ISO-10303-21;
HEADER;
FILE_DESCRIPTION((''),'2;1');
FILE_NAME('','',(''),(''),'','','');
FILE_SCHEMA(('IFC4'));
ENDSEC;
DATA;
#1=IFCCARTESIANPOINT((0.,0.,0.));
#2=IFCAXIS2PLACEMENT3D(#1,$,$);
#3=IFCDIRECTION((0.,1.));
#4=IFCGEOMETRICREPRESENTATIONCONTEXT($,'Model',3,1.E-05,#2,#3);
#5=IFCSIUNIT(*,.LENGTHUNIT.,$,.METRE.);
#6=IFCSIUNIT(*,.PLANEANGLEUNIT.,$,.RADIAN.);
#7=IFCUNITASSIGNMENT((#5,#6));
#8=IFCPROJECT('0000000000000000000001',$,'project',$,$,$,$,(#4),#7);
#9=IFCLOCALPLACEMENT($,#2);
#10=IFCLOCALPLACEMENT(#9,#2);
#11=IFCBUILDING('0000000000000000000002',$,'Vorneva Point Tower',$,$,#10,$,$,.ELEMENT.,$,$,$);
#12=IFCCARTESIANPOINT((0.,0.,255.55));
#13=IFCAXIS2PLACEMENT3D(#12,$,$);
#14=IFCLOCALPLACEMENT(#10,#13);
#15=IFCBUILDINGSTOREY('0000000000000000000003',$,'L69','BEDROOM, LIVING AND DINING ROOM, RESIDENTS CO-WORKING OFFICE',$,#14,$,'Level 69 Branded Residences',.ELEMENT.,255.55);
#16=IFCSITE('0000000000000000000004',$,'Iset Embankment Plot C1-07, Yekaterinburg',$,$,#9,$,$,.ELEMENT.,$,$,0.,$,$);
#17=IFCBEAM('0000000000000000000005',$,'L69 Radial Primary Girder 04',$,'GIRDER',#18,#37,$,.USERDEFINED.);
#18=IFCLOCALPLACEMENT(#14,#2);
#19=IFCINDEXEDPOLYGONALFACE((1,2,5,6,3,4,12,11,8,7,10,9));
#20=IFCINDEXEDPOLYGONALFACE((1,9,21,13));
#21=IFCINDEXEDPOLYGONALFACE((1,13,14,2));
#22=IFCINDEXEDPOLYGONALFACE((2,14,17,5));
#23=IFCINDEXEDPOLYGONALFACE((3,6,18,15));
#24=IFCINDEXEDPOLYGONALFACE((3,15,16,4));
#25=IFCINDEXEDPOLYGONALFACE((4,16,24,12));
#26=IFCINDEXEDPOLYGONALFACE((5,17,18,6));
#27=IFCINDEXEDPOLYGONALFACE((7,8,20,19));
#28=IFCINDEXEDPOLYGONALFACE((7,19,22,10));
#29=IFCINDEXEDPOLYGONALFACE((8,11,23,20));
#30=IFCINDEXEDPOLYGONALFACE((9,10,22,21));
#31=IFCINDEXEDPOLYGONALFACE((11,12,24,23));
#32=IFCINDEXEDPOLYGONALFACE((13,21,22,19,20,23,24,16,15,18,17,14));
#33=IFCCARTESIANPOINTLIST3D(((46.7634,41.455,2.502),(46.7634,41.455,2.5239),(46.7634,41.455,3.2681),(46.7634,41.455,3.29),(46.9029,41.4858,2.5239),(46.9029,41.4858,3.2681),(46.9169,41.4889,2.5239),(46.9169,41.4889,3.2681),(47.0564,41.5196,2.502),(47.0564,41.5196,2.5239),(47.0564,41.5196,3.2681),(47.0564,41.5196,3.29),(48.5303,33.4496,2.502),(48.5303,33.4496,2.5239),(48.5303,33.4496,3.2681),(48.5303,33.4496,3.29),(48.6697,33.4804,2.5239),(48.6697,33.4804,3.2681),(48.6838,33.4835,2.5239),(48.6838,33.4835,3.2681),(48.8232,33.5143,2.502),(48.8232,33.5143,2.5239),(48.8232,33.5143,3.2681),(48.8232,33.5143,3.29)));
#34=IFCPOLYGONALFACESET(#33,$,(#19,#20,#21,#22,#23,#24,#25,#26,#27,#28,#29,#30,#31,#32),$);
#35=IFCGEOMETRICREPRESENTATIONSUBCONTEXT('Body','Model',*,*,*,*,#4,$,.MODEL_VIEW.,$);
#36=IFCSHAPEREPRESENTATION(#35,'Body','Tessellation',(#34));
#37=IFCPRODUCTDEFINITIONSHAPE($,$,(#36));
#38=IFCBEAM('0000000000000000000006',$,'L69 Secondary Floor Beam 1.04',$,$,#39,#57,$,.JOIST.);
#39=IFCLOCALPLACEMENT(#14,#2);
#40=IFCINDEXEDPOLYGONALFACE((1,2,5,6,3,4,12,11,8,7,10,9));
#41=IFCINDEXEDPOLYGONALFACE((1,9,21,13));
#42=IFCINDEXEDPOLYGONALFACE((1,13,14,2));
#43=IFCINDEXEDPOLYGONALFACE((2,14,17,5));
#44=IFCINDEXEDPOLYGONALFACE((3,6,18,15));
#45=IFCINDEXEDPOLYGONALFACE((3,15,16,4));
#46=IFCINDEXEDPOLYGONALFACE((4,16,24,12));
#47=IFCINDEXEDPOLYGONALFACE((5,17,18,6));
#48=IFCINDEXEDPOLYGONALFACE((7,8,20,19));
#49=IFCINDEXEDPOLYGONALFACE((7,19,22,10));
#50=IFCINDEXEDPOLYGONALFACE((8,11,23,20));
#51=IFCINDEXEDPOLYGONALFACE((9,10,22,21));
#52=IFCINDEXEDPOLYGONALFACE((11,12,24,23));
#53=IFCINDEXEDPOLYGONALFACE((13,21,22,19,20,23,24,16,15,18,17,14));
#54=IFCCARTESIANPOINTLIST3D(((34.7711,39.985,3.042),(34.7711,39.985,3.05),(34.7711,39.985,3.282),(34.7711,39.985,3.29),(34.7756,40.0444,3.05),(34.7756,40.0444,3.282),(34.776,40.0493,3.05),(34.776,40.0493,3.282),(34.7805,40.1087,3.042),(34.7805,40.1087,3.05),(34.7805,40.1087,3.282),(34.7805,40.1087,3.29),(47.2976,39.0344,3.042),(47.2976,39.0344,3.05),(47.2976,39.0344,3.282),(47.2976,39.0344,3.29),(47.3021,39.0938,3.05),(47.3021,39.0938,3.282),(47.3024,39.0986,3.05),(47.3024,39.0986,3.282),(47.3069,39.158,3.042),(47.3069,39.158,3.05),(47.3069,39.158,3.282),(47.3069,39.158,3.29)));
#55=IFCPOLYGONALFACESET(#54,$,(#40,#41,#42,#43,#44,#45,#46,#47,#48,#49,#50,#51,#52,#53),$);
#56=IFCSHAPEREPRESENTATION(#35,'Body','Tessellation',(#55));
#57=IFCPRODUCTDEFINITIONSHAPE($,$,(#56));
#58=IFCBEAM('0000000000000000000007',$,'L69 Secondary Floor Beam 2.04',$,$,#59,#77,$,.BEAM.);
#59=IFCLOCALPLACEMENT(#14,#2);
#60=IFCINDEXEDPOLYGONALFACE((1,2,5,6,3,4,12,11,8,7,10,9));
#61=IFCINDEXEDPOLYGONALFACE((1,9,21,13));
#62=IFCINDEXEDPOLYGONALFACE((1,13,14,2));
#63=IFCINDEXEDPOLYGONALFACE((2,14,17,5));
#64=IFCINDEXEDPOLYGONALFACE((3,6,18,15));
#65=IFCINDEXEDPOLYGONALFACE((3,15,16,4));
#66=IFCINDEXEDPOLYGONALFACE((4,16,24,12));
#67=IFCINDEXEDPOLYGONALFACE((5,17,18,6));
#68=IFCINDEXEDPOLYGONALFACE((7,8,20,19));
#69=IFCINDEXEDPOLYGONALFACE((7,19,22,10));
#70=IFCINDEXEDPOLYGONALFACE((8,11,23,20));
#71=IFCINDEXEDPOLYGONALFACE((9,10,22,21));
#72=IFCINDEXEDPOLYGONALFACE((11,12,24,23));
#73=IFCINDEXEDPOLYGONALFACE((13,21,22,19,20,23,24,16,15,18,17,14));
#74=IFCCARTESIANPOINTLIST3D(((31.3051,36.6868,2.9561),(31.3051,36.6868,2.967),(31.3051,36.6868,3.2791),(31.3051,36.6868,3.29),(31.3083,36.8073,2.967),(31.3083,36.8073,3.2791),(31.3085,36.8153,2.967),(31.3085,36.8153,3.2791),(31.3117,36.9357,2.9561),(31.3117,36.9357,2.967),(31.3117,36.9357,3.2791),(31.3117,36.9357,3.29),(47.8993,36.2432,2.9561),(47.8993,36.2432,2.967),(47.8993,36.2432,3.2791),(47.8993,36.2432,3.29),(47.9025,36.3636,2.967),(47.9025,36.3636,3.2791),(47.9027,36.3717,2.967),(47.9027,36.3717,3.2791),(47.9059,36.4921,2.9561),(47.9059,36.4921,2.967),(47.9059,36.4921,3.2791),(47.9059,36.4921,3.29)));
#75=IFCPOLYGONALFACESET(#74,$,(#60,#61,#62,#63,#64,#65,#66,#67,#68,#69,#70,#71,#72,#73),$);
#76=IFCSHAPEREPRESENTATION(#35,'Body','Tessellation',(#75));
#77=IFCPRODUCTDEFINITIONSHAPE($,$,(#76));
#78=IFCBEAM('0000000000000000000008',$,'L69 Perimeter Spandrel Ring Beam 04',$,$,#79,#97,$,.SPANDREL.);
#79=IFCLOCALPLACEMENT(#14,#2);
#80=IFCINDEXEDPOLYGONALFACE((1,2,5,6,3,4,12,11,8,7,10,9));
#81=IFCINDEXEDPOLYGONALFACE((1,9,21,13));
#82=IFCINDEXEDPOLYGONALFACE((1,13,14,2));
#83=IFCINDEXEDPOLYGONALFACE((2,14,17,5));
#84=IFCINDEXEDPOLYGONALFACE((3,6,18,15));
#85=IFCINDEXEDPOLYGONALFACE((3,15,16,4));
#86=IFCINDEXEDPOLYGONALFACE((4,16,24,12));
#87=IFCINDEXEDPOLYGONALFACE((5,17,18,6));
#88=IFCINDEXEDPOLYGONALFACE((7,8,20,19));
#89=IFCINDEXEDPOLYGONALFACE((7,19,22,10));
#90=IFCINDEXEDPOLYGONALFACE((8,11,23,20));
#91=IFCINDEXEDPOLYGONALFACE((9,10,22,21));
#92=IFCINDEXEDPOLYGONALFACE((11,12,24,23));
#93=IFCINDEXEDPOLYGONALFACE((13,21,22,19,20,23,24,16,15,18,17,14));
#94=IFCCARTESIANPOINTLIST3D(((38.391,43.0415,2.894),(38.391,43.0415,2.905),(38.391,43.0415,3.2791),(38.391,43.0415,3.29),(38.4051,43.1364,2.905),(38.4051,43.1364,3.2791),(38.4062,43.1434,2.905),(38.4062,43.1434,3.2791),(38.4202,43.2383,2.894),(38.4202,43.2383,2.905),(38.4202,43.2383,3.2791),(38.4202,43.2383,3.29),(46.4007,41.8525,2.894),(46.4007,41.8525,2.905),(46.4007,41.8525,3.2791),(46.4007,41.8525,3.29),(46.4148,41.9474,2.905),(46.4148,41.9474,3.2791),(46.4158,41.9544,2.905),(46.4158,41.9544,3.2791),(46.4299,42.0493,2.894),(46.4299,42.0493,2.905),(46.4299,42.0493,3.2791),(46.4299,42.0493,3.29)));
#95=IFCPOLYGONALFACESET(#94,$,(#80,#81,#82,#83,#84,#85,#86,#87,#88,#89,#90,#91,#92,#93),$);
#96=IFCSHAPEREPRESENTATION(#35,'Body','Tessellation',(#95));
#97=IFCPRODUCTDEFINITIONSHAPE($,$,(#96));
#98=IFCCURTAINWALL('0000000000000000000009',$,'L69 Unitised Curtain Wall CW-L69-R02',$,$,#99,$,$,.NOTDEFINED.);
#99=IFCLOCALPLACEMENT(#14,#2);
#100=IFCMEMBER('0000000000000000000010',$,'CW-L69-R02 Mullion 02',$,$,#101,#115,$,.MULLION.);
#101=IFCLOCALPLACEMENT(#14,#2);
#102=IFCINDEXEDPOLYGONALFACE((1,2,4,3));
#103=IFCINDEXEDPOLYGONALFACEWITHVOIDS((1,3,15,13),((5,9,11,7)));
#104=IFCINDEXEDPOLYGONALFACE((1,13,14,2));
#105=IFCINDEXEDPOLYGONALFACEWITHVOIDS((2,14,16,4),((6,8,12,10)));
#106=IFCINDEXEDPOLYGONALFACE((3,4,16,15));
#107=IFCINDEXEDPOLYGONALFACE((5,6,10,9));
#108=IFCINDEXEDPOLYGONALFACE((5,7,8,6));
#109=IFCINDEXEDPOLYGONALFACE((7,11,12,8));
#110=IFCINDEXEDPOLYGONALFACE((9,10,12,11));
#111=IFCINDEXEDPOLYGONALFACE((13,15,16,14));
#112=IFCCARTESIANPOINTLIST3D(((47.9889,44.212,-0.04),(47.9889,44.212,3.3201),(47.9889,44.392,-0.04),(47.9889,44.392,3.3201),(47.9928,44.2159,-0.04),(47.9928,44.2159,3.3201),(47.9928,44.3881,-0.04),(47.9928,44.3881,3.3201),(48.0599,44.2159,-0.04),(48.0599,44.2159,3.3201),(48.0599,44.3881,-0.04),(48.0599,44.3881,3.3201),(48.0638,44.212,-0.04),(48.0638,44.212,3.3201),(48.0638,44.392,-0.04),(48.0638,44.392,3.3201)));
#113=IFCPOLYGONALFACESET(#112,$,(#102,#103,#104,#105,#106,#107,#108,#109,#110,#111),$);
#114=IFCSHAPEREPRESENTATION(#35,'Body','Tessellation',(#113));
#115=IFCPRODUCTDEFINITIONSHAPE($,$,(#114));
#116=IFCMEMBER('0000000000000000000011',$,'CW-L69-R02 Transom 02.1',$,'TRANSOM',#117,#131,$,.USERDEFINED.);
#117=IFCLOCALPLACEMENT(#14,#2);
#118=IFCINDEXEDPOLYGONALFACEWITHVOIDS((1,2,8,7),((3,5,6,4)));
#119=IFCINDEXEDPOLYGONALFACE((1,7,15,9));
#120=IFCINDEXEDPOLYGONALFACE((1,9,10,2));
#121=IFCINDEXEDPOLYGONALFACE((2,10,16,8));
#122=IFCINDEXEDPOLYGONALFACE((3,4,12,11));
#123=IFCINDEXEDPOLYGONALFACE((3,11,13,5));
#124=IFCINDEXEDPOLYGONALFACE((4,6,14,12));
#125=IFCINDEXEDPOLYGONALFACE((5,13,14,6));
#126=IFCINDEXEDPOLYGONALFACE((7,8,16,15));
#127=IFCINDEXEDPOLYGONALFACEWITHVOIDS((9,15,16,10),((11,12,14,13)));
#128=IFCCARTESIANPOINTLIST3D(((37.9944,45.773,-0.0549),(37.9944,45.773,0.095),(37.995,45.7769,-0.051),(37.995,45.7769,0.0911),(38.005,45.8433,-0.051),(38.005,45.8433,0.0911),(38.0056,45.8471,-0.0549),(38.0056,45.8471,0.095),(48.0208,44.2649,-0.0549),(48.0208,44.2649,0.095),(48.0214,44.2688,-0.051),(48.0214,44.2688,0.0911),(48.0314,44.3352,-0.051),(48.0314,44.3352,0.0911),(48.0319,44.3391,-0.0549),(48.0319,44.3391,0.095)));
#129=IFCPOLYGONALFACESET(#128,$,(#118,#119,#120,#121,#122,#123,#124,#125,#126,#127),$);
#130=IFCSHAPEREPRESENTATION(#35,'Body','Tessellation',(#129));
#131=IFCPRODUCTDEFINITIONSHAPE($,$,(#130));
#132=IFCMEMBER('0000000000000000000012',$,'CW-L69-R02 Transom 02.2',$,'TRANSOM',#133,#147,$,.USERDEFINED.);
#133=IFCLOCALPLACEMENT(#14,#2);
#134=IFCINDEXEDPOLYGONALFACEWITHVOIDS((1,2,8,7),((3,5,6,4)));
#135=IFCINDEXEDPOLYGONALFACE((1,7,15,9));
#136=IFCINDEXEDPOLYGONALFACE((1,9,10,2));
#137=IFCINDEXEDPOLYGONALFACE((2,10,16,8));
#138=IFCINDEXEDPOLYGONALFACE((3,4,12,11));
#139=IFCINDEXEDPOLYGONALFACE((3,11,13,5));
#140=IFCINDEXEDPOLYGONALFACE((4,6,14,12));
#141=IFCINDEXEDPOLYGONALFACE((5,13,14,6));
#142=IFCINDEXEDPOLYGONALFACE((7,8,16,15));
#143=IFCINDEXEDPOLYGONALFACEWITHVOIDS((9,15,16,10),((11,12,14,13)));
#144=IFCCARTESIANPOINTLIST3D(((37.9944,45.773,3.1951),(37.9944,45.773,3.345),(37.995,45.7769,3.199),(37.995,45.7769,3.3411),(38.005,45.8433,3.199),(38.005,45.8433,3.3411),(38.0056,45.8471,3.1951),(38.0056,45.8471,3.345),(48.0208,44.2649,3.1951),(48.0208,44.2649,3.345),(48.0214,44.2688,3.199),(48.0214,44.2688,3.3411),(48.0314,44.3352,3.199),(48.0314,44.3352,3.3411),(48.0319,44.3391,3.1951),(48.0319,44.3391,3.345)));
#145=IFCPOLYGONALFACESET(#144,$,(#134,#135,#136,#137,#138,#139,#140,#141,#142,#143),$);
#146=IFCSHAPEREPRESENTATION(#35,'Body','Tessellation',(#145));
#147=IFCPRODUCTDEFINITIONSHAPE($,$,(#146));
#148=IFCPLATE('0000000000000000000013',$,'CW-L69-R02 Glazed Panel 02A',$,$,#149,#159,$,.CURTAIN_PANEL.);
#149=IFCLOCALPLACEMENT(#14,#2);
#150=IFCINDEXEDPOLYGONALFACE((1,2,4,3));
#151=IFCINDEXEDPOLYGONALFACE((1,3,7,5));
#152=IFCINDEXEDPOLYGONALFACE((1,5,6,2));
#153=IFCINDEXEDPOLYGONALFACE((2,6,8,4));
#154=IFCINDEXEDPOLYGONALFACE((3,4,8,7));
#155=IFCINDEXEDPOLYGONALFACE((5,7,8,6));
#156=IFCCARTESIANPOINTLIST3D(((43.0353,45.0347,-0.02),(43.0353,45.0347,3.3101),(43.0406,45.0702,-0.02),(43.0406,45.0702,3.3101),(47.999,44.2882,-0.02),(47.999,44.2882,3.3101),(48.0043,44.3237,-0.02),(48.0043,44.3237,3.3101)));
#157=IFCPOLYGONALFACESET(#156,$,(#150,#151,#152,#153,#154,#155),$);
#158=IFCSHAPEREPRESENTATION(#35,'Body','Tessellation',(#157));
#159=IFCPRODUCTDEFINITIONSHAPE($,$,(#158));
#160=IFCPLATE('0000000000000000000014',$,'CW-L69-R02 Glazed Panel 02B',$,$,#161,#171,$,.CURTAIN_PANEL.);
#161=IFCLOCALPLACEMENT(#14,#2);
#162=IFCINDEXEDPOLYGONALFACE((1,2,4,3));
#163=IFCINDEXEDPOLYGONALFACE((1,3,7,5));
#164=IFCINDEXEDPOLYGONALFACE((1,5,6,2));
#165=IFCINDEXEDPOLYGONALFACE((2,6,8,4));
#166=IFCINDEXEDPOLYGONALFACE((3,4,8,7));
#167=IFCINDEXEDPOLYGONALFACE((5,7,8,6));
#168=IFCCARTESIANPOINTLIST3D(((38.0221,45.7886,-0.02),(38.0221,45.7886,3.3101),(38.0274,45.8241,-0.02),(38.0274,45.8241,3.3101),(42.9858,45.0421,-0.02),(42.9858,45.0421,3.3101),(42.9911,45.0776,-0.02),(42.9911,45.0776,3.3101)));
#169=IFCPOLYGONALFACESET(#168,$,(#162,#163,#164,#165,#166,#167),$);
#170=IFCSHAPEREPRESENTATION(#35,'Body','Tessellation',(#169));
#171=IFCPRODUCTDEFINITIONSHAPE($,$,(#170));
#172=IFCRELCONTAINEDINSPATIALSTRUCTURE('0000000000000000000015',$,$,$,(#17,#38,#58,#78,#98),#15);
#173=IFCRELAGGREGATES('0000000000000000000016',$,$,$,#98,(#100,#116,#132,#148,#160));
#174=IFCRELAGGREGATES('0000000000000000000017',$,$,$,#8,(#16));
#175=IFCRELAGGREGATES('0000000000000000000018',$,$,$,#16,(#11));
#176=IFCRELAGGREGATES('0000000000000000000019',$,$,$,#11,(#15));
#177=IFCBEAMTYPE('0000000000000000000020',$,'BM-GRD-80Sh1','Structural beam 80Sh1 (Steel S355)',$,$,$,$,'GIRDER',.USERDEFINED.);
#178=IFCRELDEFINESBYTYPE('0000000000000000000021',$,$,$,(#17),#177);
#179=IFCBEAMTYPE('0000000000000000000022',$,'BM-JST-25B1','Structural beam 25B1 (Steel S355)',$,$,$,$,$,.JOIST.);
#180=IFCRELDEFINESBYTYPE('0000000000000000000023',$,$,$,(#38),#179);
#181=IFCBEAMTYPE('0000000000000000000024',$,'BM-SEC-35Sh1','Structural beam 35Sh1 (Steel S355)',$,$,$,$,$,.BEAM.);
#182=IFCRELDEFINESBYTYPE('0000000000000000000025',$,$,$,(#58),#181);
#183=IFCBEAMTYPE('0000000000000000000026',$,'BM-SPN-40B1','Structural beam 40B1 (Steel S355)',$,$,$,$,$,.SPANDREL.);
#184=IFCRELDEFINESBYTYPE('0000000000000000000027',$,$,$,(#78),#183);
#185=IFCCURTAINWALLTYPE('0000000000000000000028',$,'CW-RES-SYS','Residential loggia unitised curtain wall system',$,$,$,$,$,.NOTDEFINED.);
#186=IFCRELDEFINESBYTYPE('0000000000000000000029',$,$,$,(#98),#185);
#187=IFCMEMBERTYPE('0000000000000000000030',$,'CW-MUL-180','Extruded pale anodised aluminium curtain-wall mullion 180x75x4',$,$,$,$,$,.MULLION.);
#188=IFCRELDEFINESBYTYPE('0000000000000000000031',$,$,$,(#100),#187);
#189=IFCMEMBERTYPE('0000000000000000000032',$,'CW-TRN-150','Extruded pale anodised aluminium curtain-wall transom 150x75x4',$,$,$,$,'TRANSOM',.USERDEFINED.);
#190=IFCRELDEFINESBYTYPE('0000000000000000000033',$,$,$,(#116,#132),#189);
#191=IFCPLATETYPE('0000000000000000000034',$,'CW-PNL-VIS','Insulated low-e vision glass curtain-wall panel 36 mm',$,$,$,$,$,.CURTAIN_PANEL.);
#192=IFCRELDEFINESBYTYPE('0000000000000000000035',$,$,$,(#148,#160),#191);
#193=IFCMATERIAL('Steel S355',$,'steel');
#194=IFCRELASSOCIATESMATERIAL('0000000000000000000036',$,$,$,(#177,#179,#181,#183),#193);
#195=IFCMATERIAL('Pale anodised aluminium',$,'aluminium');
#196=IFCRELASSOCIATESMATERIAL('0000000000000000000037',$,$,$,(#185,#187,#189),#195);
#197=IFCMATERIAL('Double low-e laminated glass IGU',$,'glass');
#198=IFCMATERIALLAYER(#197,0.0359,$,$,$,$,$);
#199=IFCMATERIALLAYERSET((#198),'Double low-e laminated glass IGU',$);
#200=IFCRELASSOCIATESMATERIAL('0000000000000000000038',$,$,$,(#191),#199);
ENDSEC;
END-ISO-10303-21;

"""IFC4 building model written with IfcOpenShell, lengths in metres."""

from ifc_helpers import new_model, si_unit, direction, frame, origin, origin_2d, place, context, subcontext, project, spatial, rectangle, hollow_rectangle, i_section, extrude, material, layer, layer_set, material_profile, profile_set, type_object, element, aggregate, save


model = new_model("IFC4")

# Units and contexts
model_context = context("Model", 3, precision=1e-05, world=origin(), true_north=direction((0.0, 1.0)))
body_context = subcontext(model_context, "Body", "Model", "MODEL_VIEW")
ifc_project = project(units=[si_unit("LENGTHUNIT", "METRE"), si_unit("PLANEANGLEUNIT", "RADIAN")], contexts=[model_context])

# Site, building, storey
site_placement = place(None, origin())
site = spatial("IfcSite", under=ifc_project, at=site_placement, Name="Iset Embankment Plot C1-07, Yekaterinburg", CompositionType="ELEMENT", RefElevation=0.0)
building_placement = place(site_placement, origin())
building = spatial("IfcBuilding", under=site, at=building_placement, Name="Vorneva Point Tower", CompositionType="ELEMENT")
storey_placement = place(building_placement, frame((0.0, 0.0, 255.55)))
storey = spatial("IfcBuildingStorey", under=building, at=storey_placement, Name="L69", Description="BEDROOM, LIVING AND DINING ROOM, RESIDENTS CO-WORKING OFFICE", LongName="Level 69 Branded Residences", CompositionType="ELEMENT", Elevation=255.55)

# Beams
ifc_material_1 = material(Name="Steel S355", Category="steel")
ifc_material_profile_1 = material_profile(ifc_material_1, i_section(OverallWidth=0.3, OverallDepth=0.7881, WebThickness=0.0144, FlangeThickness=0.022, at=origin_2d()), Name="80Sh1")
ifc_profile_set_1 = profile_set([ifc_material_profile_1], Name="Steel S355")
beam_type_1 = type_object("IfcBeamType", Name="BM-GRD-80Sh1", Description="Structural beam 80Sh1 (Steel S355)", ElementType="GIRDER", PredefinedType="USERDEFINED", material=ifc_profile_set_1)
beam_1_placement = place(storey_placement, frame((46.9099, 41.4873, 2.896), z_axis=(0.215521, -0.976499, 0.0), x_axis=(0.976499, 0.215521, 0.0)))
element("IfcBeam", 1, at=beam_1_placement, inside=storey, type_object=beam_type_1, Name="L69 Radial Primary Girder 04", ObjectType="GIRDER", PredefinedType="USERDEFINED", context=body_context, shape_type="SweptSolid", body=[
    extrude(i_section(OverallWidth=0.3, OverallDepth=0.7881, WebThickness=0.0144, FlangeThickness=0.022, at=origin_2d()), origin(), (0.0, 0.0, 1.0), 8.198),
])
ifc_material_profile_2 = material_profile(ifc_material_1, i_section(OverallWidth=0.124, OverallDepth=0.248, WebThickness=0.0049, FlangeThickness=0.0081, at=origin_2d()), Name="25B1")
ifc_profile_set_2 = profile_set([ifc_material_profile_2], Name="Steel S355")
beam_type_2 = type_object("IfcBeamType", Name="BM-JST-25B1", Description="Structural beam 25B1 (Steel S355)", PredefinedType="JOIST", material=ifc_profile_set_2)
beam_2_placement = place(storey_placement, frame((47.3022, 39.0962, 3.166), z_axis=(-0.997132, 0.075677, 0.0), x_axis=(-0.075677, -0.997132, 0.0)))
element("IfcBeam", 2, at=beam_2_placement, inside=storey, type_object=beam_type_2, Name="L69 Secondary Floor Beam 1.04", PredefinedType="JOIST", context=body_context, shape_type="SweptSolid", body=[
    extrude(i_section(OverallWidth=0.124, OverallDepth=0.248, WebThickness=0.0049, FlangeThickness=0.0081, at=origin_2d()), origin(), (0.0, 0.0, 1.0), 12.5625),
])
ifc_material_profile_3 = material_profile(ifc_material_1, i_section(OverallWidth=0.249, OverallDepth=0.334, WebThickness=0.0081, FlangeThickness=0.011, at=origin_2d()), Name="35Sh1")
ifc_profile_set_3 = profile_set([ifc_material_profile_3], Name="Steel S355")
beam_type_3 = type_object("IfcBeamType", Name="BM-SEC-35Sh1", Description="Structural beam 35Sh1 (Steel S355)", PredefinedType="BEAM", material=ifc_profile_set_3)
beam_3_placement = place(storey_placement, frame((47.9026, 36.3677, 3.123), z_axis=(-0.999643, 0.026723, 0.0), x_axis=(-0.026723, -0.999643, 0.0)))
element("IfcBeam", 3, at=beam_3_placement, inside=storey, type_object=beam_type_3, Name="L69 Secondary Floor Beam 2.04", PredefinedType="BEAM", context=body_context, shape_type="SweptSolid", body=[
    extrude(i_section(OverallWidth=0.249, OverallDepth=0.334, WebThickness=0.0081, FlangeThickness=0.011, at=origin_2d()), origin(), (0.0, 0.0, 1.0), 16.6001),
])
ifc_material_profile_4 = material_profile(ifc_material_1, i_section(OverallWidth=0.199, OverallDepth=0.396, WebThickness=0.0071, FlangeThickness=0.011, at=origin_2d()), Name="40B1")
ifc_profile_set_4 = profile_set([ifc_material_profile_4], Name="Steel S355")
beam_type_4 = type_object("IfcBeamType", Name="BM-SPN-40B1", Description="Structural beam 40B1 (Steel S355)", PredefinedType="SPANDREL", material=ifc_profile_set_4)
beam_4_placement = place(storey_placement, frame((46.4153, 41.9509, 3.092), z_axis=(-0.989162, 0.146831, 0.0), x_axis=(-0.146831, -0.989162, 0.0)))
element("IfcBeam", 4, at=beam_4_placement, inside=storey, type_object=beam_type_4, Name="L69 Perimeter Spandrel Ring Beam 04", PredefinedType="SPANDREL", context=body_context, shape_type="SweptSolid", body=[
    extrude(i_section(OverallWidth=0.199, OverallDepth=0.396, WebThickness=0.0071, FlangeThickness=0.011, at=origin_2d()), origin(), (0.0, 0.0, 1.0), 8.0974),
])

# Curtain wall, members, plates
ifc_material_2 = material(Name="Pale anodised aluminium", Category="aluminium")
curtain_wall_type = type_object("IfcCurtainWallType", Name="CW-RES-SYS", Description="Residential loggia unitised curtain wall system", PredefinedType="NOTDEFINED", material=ifc_material_2)
curtain_wall_placement = place(storey_placement, origin())
curtain_wall = element("IfcCurtainWall", 5, at=curtain_wall_placement, inside=storey, type_object=curtain_wall_type, Name="L69 Unitised Curtain Wall CW-L69-R02", PredefinedType="NOTDEFINED")
ifc_material_profile_5 = material_profile(ifc_material_2, hollow_rectangle(XDim=0.075, YDim=0.1799, WallThickness=0.0039, at=origin_2d()), Name="AL-MUL 180x75x4")
ifc_profile_set_5 = profile_set([ifc_material_profile_5], Name="Pale anodised aluminium")
member_type_1 = type_object("IfcMemberType", Name="CW-MUL-180", Description="Extruded pale anodised aluminium curtain-wall mullion 180x75x4", PredefinedType="MULLION", material=ifc_profile_set_5)
member_1_placement = place(storey_placement, frame((48.0264, 44.302, -0.04), z_axis=(0.0, 0.0, 1.0), x_axis=(1.0, 0.0, 0.0)))
member_1 = element("IfcMember", 6, at=member_1_placement, type_object=member_type_1, Name="CW-L69-R02 Mullion 02", PredefinedType="MULLION", context=body_context, shape_type="SweptSolid", body=[
    extrude(hollow_rectangle(XDim=0.075, YDim=0.1799, WallThickness=0.0039, at=origin_2d()), origin(), (0.0, 0.0, 1.0), 3.3601),
])
ifc_material_profile_6 = material_profile(ifc_material_2, hollow_rectangle(XDim=0.075, YDim=0.1499, WallThickness=0.0039, at=origin_2d()), Name="AL-TRN 150x75x4")
ifc_profile_set_6 = profile_set([ifc_material_profile_6], Name="Pale anodised aluminium")
member_type_2 = type_object("IfcMemberType", Name="CW-TRN-150", Description="Extruded pale anodised aluminium curtain-wall transom 150x75x4", ElementType="TRANSOM", PredefinedType="USERDEFINED", material=ifc_profile_set_6)
member_2_placement = place(storey_placement, frame((48.0264, 44.302, 0.02), z_axis=(-0.988877, 0.148736, 0.0), x_axis=(-0.148736, -0.988877, 0.0)))
member_2 = element("IfcMember", 7, at=member_2_placement, type_object=member_type_2, Name="CW-L69-R02 Transom 02.1", ObjectType="TRANSOM", PredefinedType="USERDEFINED", context=body_context, shape_type="SweptSolid", body=[
    extrude(hollow_rectangle(XDim=0.075, YDim=0.1499, WallThickness=0.0039, at=origin_2d()), origin(), (0.0, 0.0, 1.0), 10.1392),
])
member_3_placement = place(storey_placement, frame((48.0264, 44.302, 3.27), z_axis=(-0.988877, 0.148736, 0.0), x_axis=(-0.148736, -0.988877, 0.0)))
member_3 = element("IfcMember", 8, at=member_3_placement, type_object=member_type_2, Name="CW-L69-R02 Transom 02.2", ObjectType="TRANSOM", PredefinedType="USERDEFINED", context=body_context, shape_type="SweptSolid", body=[
    extrude(hollow_rectangle(XDim=0.075, YDim=0.1499, WallThickness=0.0039, at=origin_2d()), origin(), (0.0, 0.0, 1.0), 10.1392),
])
ifc_material_3 = material(Name="Double low-e laminated glass IGU", Category="glass")
ifc_layer_1 = layer(ifc_material_3, 0.0359)
ifc_layer_set_1 = layer_set([ifc_layer_1], Name="Double low-e laminated glass IGU")
plate_type = type_object("IfcPlateType", Name="CW-PNL-VIS", Description="Insulated low-e vision glass curtain-wall panel 36 mm", PredefinedType="CURTAIN_PANEL", material=ifc_layer_set_1)
plate_1_placement = place(storey_placement, frame((45.5198, 44.6792, -0.02), z_axis=(0.0, 0.0, 1.0), x_axis=(-0.988879, 0.148724, 0.0)))
plate_1 = element("IfcPlate", 9, at=plate_1_placement, type_object=plate_type, Name="CW-L69-R02 Glazed Panel 02A", PredefinedType="CURTAIN_PANEL", context=body_context, shape_type="SweptSolid", body=[
    extrude(rectangle(XDim=5.0195, YDim=0.0359, at=origin_2d()), origin(), (0.0, 0.0, 1.0), 3.3301),
])
plate_2_placement = place(storey_placement, frame((40.5066, 45.4331, -0.02), z_axis=(0.0, 0.0, 1.0), x_axis=(-0.988879, 0.148724, 0.0)))
plate_2 = element("IfcPlate", 10, at=plate_2_placement, type_object=plate_type, Name="CW-L69-R02 Glazed Panel 02B", PredefinedType="CURTAIN_PANEL", context=body_context, shape_type="SweptSolid", body=[
    extrude(rectangle(XDim=5.0195, YDim=0.0359, at=origin_2d()), origin(), (0.0, 0.0, 1.0), 3.3301),
])
aggregate(curtain_wall, [member_1, member_2, member_3, plate_1, plate_2])

save(model, "model.ifc")
